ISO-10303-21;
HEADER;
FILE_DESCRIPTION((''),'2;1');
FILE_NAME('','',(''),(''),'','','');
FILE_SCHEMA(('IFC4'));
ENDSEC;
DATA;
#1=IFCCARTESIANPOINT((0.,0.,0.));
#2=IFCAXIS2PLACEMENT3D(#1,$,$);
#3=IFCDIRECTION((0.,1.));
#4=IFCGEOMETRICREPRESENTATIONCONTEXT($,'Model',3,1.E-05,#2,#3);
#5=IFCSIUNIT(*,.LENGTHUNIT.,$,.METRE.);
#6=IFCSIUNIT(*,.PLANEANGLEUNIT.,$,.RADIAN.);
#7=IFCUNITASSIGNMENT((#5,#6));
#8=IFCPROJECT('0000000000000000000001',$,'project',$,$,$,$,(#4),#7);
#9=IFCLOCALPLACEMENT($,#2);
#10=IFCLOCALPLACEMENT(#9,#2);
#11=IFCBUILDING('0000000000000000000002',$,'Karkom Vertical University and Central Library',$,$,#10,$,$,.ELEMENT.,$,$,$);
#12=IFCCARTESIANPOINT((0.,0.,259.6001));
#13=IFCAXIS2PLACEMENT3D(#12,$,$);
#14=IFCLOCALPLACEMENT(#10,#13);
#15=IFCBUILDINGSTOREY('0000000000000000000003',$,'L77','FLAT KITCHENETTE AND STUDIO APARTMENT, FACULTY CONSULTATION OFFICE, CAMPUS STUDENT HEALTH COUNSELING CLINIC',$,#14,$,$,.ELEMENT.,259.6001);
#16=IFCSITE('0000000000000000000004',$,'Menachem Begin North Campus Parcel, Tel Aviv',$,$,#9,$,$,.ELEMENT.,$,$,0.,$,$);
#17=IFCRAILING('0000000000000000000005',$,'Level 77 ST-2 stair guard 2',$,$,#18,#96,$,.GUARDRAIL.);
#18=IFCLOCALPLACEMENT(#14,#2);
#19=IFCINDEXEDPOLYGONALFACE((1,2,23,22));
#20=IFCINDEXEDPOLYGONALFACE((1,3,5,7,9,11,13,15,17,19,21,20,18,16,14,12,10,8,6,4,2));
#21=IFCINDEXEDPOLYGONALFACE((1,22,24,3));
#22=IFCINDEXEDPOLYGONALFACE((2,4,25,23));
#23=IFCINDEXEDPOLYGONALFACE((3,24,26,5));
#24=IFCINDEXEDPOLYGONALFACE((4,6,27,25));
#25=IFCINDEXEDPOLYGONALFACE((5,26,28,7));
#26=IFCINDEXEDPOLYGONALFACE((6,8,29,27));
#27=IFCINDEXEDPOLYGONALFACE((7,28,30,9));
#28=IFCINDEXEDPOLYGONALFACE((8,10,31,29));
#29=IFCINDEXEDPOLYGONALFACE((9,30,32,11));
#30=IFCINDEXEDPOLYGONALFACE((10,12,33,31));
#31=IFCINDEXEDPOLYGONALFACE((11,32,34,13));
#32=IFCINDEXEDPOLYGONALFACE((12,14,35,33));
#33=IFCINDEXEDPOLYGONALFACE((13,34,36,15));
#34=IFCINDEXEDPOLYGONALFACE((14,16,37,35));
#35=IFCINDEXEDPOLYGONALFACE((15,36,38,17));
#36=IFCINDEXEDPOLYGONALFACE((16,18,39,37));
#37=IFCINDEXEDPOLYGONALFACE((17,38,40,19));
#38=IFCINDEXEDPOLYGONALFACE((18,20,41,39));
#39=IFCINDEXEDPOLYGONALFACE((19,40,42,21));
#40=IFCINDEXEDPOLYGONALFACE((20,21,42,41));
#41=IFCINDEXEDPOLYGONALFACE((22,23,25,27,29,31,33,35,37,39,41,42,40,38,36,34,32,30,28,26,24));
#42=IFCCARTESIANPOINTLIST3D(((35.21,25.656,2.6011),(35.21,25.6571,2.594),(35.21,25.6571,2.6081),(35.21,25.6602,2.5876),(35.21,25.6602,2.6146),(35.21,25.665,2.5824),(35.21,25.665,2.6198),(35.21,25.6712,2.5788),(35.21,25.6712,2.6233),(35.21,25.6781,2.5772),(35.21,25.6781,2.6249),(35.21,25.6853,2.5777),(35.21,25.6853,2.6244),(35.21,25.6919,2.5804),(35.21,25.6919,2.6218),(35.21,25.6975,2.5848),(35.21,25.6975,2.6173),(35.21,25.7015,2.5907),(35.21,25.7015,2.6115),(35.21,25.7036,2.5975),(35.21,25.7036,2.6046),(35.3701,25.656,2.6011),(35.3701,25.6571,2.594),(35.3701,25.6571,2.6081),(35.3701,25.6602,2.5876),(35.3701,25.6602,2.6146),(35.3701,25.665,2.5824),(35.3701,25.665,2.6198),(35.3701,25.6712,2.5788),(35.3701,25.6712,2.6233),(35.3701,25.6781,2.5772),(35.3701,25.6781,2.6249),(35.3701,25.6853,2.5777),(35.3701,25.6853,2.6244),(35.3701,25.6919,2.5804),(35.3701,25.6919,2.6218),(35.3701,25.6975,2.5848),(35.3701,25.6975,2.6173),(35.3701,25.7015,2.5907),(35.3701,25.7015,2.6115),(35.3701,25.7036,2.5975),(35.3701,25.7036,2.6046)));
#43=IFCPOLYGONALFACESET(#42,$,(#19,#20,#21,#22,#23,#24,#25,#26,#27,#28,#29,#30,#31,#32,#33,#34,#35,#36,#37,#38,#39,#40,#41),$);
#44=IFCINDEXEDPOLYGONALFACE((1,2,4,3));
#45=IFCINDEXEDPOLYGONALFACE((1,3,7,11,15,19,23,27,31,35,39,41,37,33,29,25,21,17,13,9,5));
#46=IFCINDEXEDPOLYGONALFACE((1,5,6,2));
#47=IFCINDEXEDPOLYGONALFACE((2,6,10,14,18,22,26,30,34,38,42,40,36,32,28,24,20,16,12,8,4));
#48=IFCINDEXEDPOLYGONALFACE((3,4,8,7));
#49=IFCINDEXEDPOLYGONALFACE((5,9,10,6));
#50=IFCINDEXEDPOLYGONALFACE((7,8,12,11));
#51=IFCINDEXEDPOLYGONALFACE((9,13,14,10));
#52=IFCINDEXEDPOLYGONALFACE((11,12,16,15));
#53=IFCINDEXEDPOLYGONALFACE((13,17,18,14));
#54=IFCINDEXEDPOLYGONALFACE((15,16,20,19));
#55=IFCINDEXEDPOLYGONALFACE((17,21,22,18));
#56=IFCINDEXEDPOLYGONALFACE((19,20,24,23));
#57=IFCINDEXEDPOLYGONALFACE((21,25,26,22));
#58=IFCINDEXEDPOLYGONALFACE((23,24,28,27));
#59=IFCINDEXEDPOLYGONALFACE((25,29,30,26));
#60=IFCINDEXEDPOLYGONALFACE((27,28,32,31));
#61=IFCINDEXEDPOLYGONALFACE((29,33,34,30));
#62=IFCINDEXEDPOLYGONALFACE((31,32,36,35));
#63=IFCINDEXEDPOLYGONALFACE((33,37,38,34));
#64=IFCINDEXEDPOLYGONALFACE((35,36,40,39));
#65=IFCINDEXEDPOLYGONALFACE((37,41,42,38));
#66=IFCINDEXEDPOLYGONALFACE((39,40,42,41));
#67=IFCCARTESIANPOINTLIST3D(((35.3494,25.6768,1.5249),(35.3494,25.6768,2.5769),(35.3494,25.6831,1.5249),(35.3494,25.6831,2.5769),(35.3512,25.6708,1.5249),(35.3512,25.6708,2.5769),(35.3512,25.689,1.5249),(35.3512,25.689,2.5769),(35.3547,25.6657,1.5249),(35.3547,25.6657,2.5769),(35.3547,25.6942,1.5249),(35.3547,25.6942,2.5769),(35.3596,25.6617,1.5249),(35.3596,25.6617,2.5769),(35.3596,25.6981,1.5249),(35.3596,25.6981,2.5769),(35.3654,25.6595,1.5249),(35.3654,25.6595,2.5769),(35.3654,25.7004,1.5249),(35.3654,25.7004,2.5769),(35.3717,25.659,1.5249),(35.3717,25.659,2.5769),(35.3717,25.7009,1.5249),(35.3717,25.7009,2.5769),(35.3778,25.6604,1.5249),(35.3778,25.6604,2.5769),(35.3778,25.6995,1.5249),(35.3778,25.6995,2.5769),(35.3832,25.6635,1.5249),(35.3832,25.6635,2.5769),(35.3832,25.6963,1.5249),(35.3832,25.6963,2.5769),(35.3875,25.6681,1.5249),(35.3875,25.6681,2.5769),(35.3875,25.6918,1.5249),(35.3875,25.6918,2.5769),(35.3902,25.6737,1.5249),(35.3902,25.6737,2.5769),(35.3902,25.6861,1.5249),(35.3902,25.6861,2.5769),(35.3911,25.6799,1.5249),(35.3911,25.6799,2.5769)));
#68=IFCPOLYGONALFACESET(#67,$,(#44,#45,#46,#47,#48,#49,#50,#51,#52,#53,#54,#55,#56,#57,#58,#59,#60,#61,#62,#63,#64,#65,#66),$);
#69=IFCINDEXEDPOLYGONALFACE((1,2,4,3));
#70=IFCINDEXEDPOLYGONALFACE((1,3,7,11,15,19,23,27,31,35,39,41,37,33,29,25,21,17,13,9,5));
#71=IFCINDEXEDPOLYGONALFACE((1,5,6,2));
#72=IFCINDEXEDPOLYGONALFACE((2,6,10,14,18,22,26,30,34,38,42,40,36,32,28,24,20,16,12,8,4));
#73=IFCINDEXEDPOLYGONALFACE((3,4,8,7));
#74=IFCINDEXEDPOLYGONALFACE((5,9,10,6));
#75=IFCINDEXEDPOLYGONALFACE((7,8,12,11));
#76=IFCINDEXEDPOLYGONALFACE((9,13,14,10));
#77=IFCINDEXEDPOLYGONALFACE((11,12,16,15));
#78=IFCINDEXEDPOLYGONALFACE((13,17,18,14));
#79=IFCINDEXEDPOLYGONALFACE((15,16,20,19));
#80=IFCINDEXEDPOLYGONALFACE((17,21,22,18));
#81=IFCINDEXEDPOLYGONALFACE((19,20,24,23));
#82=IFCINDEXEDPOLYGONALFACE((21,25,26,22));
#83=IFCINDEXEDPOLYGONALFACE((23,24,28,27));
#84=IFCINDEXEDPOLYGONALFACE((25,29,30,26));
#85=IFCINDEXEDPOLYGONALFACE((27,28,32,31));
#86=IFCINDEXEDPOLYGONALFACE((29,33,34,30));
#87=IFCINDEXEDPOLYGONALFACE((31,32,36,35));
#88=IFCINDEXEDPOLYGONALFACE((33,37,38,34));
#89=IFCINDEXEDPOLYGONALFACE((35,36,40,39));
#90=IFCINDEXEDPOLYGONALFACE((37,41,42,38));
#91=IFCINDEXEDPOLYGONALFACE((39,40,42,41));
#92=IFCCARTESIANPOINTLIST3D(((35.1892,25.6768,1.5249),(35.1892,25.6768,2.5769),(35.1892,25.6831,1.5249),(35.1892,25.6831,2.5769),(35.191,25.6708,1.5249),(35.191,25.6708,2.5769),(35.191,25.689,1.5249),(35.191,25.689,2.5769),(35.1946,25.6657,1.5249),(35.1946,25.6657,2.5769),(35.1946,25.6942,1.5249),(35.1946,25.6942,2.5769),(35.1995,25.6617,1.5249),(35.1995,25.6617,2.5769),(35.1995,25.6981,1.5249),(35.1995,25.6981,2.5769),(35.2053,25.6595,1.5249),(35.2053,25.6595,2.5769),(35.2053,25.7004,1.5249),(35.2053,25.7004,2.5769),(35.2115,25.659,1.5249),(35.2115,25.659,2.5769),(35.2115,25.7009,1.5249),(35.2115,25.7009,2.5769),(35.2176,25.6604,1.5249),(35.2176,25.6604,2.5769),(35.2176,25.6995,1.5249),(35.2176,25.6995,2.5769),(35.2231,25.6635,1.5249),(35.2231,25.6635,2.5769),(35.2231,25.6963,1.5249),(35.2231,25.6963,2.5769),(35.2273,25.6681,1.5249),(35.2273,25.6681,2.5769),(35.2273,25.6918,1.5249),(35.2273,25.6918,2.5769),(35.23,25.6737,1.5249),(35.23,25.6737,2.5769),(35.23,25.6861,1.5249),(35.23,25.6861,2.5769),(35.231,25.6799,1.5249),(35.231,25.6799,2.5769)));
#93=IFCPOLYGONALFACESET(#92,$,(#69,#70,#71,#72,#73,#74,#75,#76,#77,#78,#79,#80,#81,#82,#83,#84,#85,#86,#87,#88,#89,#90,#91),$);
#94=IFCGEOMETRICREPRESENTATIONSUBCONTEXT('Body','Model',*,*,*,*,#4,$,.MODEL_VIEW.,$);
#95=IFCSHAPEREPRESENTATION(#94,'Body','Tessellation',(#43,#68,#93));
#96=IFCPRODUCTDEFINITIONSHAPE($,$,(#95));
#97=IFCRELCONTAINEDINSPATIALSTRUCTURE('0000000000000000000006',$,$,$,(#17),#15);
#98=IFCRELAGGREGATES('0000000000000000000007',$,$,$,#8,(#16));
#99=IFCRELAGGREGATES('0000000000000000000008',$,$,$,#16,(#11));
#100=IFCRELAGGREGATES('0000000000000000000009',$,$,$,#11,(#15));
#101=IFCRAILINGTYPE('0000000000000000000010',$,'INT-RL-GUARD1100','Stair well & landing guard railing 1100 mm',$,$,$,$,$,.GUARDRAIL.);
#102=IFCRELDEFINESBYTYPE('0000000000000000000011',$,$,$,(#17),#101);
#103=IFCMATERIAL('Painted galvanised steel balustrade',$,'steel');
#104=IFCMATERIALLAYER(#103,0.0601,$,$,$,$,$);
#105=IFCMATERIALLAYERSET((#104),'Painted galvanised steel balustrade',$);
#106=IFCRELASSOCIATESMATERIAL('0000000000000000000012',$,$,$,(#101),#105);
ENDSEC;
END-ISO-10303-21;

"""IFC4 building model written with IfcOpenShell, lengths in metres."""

from ifc_helpers import new_model, si_unit, direction, frame, origin, origin_2d, place, context, subcontext, project, spatial, circle, extrude, material, layer, layer_set, type_object, element, save


model = new_model("IFC4")

# Units and contexts
model_context = context("Model", 3, precision=1e-05, world=origin(), true_north=direction((0.0, 1.0)))
body_context = subcontext(model_context, "Body", "Model", "MODEL_VIEW")
ifc_project = project(units=[si_unit("LENGTHUNIT", "METRE"), si_unit("PLANEANGLEUNIT", "RADIAN")], contexts=[model_context])

# Site, building, storey
site_placement = place(None, origin())
site = spatial("IfcSite", under=ifc_project, at=site_placement, Name="Menachem Begin North Campus Parcel, Tel Aviv", CompositionType="ELEMENT", RefElevation=0.0)
building_placement = place(site_placement, origin())
building = spatial("IfcBuilding", under=site, at=building_placement, Name="Karkom Vertical University and Central Library", CompositionType="ELEMENT")
storey_placement = place(building_placement, frame((0.0, 0.0, 259.6001)))
storey = spatial("IfcBuildingStorey", under=building, at=storey_placement, Name="L77", Description="FLAT KITCHENETTE AND STUDIO APARTMENT, FACULTY CONSULTATION OFFICE, CAMPUS STUDENT HEALTH COUNSELING CLINIC", CompositionType="ELEMENT", Elevation=259.6001)

# Railing
ifc_material_1 = material(Name="Painted galvanised steel balustrade", Category="steel")
ifc_layer_1 = layer(ifc_material_1, 0.0601)
ifc_layer_set_1 = layer_set([ifc_layer_1], Name="Painted galvanised steel balustrade")
railing_type = type_object("IfcRailingType", Name="INT-RL-GUARD1100", Description="Stair well & landing guard railing 1100 mm", PredefinedType="GUARDRAIL", material=ifc_layer_set_1)
railing_1_placement = place(storey_placement, frame((35.3701, 25.6799, 1.5249)))
element("IfcRailing", 1, at=railing_1_placement, inside=storey, type_object=railing_type, Name="Level 77 ST-2 stair guard 2", PredefinedType="GUARDRAIL", context=body_context, shape_type="SweptSolid", body=[
    extrude(circle(Radius=0.0239, at=origin_2d()), frame((0.0, 0.0, 1.0762), z_axis=(-1.0, 0.0, 0.0), x_axis=(0.0, -1.0, 0.0)), (0.0, 0.0, 1.0), 0.1602),
    extrude(circle(Radius=0.021, at=origin_2d()), origin(), (0.0, 0.0, 1.0), 1.052),
    extrude(circle(Radius=0.021, at=origin_2d()), frame((-0.1602, 0.0, 0.0)), (0.0, 0.0, 1.0), 1.052),
])

save(model, "model.ifc")
